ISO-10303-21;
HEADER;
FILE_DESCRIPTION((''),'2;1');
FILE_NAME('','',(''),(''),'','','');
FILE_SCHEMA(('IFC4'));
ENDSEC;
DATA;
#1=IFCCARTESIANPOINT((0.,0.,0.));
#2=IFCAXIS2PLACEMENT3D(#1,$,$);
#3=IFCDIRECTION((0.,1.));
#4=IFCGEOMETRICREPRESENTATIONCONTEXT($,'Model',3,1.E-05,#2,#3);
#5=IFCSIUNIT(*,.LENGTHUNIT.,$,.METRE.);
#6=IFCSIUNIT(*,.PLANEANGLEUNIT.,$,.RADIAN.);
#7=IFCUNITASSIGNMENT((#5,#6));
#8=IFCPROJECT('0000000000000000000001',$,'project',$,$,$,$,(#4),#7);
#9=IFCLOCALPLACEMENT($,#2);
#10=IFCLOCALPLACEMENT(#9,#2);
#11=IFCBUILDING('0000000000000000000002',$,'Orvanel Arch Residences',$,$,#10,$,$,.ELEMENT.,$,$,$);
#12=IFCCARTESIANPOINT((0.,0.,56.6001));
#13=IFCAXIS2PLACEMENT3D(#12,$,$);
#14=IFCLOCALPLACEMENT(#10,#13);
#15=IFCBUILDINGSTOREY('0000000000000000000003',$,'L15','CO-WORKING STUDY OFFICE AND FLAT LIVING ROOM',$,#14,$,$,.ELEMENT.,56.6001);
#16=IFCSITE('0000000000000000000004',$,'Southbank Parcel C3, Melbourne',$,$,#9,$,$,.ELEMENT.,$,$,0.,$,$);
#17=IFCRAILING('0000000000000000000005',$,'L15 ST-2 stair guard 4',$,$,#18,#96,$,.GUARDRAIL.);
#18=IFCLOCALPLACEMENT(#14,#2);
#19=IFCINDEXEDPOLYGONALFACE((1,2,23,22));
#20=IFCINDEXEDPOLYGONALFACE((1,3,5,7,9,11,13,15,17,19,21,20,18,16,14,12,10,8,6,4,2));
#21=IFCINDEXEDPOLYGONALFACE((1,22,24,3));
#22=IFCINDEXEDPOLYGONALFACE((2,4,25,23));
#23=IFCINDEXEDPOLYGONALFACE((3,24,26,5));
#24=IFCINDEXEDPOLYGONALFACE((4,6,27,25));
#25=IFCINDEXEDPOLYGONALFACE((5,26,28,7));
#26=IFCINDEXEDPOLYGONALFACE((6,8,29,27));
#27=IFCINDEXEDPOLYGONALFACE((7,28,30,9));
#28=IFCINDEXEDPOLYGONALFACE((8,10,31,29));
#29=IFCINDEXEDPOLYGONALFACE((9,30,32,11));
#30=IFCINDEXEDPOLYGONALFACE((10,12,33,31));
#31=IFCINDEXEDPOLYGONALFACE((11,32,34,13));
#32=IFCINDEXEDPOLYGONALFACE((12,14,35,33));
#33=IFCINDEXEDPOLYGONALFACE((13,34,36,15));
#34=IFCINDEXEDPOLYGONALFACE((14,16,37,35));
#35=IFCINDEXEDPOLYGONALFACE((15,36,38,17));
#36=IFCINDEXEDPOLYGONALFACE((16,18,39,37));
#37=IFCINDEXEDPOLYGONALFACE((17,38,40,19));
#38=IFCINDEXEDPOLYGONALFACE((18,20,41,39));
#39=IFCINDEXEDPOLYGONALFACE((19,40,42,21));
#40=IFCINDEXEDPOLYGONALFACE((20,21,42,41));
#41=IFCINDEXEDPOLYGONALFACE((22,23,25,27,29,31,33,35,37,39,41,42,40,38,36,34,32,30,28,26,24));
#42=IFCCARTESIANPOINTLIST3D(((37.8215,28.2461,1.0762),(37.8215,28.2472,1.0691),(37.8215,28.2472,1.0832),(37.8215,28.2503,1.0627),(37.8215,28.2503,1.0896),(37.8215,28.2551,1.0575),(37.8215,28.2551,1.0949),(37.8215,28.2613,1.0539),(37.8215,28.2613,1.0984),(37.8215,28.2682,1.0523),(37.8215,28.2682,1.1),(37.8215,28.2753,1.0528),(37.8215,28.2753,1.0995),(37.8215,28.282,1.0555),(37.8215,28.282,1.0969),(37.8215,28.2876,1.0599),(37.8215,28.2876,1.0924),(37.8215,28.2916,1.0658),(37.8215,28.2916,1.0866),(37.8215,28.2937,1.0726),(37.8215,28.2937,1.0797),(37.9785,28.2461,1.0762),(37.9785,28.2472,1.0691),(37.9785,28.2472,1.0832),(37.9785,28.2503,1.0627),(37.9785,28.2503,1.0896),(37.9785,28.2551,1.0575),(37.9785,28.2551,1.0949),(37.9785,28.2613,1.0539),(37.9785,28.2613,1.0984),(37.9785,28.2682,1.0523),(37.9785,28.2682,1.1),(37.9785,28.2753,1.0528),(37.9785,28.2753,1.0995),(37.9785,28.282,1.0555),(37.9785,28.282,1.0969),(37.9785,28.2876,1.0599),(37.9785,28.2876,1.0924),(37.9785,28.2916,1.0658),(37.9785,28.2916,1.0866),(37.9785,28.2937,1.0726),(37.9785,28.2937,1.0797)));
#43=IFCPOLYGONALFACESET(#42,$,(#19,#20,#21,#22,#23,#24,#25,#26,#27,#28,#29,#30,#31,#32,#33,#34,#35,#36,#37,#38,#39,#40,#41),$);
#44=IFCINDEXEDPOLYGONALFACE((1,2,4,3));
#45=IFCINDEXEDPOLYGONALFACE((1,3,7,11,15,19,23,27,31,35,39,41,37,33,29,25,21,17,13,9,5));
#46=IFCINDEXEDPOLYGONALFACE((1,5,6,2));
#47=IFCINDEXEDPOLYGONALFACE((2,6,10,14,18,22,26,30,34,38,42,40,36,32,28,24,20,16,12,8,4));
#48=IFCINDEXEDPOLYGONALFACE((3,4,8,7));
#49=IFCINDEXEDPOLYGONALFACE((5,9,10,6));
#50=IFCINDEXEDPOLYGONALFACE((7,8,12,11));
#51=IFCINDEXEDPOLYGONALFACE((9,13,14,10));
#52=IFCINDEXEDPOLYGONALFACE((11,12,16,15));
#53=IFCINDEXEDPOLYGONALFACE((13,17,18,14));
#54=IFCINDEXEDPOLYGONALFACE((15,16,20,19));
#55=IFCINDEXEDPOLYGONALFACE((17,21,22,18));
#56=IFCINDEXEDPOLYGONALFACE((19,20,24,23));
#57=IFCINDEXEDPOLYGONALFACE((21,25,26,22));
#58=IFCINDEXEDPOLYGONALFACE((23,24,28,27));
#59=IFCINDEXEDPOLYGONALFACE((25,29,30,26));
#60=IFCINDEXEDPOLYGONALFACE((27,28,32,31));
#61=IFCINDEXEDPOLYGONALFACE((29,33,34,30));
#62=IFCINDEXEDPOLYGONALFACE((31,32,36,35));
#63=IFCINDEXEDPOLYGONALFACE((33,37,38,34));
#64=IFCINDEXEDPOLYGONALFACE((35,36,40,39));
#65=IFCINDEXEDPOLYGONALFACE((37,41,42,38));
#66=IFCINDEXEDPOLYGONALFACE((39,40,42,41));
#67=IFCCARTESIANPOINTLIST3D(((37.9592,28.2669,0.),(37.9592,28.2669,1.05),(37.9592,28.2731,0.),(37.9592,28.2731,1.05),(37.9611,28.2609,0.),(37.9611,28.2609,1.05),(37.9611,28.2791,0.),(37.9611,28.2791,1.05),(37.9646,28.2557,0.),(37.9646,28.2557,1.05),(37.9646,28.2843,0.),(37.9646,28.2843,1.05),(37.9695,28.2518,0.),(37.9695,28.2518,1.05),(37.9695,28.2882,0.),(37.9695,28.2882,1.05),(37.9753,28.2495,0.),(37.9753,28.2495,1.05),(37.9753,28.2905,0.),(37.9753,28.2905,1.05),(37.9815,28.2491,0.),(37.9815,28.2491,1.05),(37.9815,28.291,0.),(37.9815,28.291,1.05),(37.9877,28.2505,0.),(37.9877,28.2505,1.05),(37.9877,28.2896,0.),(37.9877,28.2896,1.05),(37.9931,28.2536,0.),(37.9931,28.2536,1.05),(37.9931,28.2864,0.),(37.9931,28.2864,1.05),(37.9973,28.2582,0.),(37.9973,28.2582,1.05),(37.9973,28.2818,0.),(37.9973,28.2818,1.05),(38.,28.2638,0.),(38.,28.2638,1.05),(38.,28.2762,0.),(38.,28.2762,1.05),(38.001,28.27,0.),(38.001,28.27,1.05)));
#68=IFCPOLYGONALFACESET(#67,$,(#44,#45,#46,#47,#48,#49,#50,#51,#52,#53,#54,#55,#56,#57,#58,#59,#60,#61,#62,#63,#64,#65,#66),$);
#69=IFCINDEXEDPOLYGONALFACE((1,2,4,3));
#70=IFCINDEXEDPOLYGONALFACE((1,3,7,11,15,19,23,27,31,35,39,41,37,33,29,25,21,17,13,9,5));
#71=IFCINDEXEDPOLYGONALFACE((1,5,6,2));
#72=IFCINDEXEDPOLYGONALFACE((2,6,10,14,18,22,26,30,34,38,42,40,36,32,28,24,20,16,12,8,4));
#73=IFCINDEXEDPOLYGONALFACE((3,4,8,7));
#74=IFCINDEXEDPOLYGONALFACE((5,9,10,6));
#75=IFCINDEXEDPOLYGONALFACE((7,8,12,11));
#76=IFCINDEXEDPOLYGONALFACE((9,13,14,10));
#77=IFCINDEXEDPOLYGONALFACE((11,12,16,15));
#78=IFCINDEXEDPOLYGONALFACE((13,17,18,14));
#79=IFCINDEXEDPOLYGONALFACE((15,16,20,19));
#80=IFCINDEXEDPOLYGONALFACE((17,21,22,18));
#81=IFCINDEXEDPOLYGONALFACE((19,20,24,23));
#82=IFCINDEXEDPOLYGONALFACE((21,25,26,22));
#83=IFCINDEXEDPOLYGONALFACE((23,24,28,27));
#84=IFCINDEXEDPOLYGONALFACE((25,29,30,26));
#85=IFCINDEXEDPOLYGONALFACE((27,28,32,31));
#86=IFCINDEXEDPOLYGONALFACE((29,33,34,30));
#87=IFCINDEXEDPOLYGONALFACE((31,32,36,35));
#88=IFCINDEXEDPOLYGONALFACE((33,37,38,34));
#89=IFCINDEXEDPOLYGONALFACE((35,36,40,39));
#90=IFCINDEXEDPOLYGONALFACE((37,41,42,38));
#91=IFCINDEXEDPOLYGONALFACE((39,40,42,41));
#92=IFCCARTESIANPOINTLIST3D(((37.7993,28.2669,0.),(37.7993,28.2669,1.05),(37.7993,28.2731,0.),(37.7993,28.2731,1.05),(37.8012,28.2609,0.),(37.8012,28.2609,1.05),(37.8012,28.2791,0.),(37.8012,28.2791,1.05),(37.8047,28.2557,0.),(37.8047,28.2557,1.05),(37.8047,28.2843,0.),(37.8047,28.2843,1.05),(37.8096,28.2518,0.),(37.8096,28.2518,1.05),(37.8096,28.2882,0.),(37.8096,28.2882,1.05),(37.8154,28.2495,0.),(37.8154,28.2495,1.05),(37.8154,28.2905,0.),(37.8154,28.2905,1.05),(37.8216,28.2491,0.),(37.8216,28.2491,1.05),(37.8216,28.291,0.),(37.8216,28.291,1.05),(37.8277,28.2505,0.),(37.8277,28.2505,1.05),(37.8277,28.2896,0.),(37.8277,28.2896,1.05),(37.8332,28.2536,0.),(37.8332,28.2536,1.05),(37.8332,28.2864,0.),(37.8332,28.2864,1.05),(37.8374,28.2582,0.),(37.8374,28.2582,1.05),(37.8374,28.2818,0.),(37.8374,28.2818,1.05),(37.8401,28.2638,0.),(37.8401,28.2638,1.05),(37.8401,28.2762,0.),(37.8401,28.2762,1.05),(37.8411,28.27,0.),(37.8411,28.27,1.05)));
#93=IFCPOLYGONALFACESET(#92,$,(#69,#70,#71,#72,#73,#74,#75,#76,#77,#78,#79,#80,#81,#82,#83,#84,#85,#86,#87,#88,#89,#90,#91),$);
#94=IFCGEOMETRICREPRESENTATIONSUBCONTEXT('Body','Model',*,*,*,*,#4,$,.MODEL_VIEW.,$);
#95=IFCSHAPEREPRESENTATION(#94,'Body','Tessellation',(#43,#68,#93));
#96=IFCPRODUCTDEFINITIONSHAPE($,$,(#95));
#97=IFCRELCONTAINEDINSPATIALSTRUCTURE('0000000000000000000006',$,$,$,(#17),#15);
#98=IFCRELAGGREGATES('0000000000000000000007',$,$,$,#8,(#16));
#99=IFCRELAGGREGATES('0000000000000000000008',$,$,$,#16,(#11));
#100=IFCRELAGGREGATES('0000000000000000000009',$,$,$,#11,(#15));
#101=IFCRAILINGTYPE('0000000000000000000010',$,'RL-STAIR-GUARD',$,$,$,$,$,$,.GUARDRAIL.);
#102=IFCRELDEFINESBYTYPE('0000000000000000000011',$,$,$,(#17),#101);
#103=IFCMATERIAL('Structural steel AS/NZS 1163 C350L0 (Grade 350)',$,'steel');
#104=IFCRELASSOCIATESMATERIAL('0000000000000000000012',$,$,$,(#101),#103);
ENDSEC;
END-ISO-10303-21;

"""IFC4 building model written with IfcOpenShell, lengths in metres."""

from ifc_helpers import new_model, si_unit, direction, frame, origin, origin_2d, place, context, subcontext, project, spatial, circle, extrude, material, type_object, element, save


model = new_model("IFC4")

# Units and contexts
model_context = context("Model", 3, precision=1e-05, world=origin(), true_north=direction((0.0, 1.0)))
body_context = subcontext(model_context, "Body", "Model", "MODEL_VIEW")
ifc_project = project(units=[si_unit("LENGTHUNIT", "METRE"), si_unit("PLANEANGLEUNIT", "RADIAN")], contexts=[model_context])

# Site, building, storey
site_placement = place(None, origin())
site = spatial("IfcSite", under=ifc_project, at=site_placement, Name="Southbank Parcel C3, Melbourne", CompositionType="ELEMENT", RefElevation=0.0)
building_placement = place(site_placement, origin())
building = spatial("IfcBuilding", under=site, at=building_placement, Name="Orvanel Arch Residences", CompositionType="ELEMENT")
storey_placement = place(building_placement, frame((0.0, 0.0, 56.6001)))
storey = spatial("IfcBuildingStorey", under=building, at=storey_placement, Name="L15", Description="CO-WORKING STUDY OFFICE AND FLAT LIVING ROOM", CompositionType="ELEMENT", Elevation=56.6001)

# Railing
ifc_material_1 = material(Name="Structural steel AS/NZS 1163 C350L0 (Grade 350)", Category="steel")
railing_type_1 = type_object("IfcRailingType", Name="RL-STAIR-GUARD", PredefinedType="GUARDRAIL", material=ifc_material_1)
railing_1_placement = place(storey_placement, frame((37.98, 28.27, 0.0)))
element("IfcRailing", 1, at=railing_1_placement, inside=storey, type_object=railing_type_1, Name="L15 ST-2 stair guard 4", PredefinedType="GUARDRAIL", context=body_context, shape_type="SweptSolid", body=[
    extrude(circle(Radius=0.0239, at=origin_2d()), frame((-0.0015, 0.0, 1.0762), z_axis=(-1.0, 0.0, 0.0), x_axis=(0.0, -1.0, 0.0)), (0.0, 0.0, 1.0), 0.157),
    extrude(circle(Radius=0.021, at=origin_2d()), origin(), (0.0, 0.0, 1.0), 1.05),
    extrude(circle(Radius=0.021, at=origin_2d()), frame((-0.1599, 0.0, 0.0)), (0.0, 0.0, 1.0), 1.05),
])

save(model, "model.ifc")
